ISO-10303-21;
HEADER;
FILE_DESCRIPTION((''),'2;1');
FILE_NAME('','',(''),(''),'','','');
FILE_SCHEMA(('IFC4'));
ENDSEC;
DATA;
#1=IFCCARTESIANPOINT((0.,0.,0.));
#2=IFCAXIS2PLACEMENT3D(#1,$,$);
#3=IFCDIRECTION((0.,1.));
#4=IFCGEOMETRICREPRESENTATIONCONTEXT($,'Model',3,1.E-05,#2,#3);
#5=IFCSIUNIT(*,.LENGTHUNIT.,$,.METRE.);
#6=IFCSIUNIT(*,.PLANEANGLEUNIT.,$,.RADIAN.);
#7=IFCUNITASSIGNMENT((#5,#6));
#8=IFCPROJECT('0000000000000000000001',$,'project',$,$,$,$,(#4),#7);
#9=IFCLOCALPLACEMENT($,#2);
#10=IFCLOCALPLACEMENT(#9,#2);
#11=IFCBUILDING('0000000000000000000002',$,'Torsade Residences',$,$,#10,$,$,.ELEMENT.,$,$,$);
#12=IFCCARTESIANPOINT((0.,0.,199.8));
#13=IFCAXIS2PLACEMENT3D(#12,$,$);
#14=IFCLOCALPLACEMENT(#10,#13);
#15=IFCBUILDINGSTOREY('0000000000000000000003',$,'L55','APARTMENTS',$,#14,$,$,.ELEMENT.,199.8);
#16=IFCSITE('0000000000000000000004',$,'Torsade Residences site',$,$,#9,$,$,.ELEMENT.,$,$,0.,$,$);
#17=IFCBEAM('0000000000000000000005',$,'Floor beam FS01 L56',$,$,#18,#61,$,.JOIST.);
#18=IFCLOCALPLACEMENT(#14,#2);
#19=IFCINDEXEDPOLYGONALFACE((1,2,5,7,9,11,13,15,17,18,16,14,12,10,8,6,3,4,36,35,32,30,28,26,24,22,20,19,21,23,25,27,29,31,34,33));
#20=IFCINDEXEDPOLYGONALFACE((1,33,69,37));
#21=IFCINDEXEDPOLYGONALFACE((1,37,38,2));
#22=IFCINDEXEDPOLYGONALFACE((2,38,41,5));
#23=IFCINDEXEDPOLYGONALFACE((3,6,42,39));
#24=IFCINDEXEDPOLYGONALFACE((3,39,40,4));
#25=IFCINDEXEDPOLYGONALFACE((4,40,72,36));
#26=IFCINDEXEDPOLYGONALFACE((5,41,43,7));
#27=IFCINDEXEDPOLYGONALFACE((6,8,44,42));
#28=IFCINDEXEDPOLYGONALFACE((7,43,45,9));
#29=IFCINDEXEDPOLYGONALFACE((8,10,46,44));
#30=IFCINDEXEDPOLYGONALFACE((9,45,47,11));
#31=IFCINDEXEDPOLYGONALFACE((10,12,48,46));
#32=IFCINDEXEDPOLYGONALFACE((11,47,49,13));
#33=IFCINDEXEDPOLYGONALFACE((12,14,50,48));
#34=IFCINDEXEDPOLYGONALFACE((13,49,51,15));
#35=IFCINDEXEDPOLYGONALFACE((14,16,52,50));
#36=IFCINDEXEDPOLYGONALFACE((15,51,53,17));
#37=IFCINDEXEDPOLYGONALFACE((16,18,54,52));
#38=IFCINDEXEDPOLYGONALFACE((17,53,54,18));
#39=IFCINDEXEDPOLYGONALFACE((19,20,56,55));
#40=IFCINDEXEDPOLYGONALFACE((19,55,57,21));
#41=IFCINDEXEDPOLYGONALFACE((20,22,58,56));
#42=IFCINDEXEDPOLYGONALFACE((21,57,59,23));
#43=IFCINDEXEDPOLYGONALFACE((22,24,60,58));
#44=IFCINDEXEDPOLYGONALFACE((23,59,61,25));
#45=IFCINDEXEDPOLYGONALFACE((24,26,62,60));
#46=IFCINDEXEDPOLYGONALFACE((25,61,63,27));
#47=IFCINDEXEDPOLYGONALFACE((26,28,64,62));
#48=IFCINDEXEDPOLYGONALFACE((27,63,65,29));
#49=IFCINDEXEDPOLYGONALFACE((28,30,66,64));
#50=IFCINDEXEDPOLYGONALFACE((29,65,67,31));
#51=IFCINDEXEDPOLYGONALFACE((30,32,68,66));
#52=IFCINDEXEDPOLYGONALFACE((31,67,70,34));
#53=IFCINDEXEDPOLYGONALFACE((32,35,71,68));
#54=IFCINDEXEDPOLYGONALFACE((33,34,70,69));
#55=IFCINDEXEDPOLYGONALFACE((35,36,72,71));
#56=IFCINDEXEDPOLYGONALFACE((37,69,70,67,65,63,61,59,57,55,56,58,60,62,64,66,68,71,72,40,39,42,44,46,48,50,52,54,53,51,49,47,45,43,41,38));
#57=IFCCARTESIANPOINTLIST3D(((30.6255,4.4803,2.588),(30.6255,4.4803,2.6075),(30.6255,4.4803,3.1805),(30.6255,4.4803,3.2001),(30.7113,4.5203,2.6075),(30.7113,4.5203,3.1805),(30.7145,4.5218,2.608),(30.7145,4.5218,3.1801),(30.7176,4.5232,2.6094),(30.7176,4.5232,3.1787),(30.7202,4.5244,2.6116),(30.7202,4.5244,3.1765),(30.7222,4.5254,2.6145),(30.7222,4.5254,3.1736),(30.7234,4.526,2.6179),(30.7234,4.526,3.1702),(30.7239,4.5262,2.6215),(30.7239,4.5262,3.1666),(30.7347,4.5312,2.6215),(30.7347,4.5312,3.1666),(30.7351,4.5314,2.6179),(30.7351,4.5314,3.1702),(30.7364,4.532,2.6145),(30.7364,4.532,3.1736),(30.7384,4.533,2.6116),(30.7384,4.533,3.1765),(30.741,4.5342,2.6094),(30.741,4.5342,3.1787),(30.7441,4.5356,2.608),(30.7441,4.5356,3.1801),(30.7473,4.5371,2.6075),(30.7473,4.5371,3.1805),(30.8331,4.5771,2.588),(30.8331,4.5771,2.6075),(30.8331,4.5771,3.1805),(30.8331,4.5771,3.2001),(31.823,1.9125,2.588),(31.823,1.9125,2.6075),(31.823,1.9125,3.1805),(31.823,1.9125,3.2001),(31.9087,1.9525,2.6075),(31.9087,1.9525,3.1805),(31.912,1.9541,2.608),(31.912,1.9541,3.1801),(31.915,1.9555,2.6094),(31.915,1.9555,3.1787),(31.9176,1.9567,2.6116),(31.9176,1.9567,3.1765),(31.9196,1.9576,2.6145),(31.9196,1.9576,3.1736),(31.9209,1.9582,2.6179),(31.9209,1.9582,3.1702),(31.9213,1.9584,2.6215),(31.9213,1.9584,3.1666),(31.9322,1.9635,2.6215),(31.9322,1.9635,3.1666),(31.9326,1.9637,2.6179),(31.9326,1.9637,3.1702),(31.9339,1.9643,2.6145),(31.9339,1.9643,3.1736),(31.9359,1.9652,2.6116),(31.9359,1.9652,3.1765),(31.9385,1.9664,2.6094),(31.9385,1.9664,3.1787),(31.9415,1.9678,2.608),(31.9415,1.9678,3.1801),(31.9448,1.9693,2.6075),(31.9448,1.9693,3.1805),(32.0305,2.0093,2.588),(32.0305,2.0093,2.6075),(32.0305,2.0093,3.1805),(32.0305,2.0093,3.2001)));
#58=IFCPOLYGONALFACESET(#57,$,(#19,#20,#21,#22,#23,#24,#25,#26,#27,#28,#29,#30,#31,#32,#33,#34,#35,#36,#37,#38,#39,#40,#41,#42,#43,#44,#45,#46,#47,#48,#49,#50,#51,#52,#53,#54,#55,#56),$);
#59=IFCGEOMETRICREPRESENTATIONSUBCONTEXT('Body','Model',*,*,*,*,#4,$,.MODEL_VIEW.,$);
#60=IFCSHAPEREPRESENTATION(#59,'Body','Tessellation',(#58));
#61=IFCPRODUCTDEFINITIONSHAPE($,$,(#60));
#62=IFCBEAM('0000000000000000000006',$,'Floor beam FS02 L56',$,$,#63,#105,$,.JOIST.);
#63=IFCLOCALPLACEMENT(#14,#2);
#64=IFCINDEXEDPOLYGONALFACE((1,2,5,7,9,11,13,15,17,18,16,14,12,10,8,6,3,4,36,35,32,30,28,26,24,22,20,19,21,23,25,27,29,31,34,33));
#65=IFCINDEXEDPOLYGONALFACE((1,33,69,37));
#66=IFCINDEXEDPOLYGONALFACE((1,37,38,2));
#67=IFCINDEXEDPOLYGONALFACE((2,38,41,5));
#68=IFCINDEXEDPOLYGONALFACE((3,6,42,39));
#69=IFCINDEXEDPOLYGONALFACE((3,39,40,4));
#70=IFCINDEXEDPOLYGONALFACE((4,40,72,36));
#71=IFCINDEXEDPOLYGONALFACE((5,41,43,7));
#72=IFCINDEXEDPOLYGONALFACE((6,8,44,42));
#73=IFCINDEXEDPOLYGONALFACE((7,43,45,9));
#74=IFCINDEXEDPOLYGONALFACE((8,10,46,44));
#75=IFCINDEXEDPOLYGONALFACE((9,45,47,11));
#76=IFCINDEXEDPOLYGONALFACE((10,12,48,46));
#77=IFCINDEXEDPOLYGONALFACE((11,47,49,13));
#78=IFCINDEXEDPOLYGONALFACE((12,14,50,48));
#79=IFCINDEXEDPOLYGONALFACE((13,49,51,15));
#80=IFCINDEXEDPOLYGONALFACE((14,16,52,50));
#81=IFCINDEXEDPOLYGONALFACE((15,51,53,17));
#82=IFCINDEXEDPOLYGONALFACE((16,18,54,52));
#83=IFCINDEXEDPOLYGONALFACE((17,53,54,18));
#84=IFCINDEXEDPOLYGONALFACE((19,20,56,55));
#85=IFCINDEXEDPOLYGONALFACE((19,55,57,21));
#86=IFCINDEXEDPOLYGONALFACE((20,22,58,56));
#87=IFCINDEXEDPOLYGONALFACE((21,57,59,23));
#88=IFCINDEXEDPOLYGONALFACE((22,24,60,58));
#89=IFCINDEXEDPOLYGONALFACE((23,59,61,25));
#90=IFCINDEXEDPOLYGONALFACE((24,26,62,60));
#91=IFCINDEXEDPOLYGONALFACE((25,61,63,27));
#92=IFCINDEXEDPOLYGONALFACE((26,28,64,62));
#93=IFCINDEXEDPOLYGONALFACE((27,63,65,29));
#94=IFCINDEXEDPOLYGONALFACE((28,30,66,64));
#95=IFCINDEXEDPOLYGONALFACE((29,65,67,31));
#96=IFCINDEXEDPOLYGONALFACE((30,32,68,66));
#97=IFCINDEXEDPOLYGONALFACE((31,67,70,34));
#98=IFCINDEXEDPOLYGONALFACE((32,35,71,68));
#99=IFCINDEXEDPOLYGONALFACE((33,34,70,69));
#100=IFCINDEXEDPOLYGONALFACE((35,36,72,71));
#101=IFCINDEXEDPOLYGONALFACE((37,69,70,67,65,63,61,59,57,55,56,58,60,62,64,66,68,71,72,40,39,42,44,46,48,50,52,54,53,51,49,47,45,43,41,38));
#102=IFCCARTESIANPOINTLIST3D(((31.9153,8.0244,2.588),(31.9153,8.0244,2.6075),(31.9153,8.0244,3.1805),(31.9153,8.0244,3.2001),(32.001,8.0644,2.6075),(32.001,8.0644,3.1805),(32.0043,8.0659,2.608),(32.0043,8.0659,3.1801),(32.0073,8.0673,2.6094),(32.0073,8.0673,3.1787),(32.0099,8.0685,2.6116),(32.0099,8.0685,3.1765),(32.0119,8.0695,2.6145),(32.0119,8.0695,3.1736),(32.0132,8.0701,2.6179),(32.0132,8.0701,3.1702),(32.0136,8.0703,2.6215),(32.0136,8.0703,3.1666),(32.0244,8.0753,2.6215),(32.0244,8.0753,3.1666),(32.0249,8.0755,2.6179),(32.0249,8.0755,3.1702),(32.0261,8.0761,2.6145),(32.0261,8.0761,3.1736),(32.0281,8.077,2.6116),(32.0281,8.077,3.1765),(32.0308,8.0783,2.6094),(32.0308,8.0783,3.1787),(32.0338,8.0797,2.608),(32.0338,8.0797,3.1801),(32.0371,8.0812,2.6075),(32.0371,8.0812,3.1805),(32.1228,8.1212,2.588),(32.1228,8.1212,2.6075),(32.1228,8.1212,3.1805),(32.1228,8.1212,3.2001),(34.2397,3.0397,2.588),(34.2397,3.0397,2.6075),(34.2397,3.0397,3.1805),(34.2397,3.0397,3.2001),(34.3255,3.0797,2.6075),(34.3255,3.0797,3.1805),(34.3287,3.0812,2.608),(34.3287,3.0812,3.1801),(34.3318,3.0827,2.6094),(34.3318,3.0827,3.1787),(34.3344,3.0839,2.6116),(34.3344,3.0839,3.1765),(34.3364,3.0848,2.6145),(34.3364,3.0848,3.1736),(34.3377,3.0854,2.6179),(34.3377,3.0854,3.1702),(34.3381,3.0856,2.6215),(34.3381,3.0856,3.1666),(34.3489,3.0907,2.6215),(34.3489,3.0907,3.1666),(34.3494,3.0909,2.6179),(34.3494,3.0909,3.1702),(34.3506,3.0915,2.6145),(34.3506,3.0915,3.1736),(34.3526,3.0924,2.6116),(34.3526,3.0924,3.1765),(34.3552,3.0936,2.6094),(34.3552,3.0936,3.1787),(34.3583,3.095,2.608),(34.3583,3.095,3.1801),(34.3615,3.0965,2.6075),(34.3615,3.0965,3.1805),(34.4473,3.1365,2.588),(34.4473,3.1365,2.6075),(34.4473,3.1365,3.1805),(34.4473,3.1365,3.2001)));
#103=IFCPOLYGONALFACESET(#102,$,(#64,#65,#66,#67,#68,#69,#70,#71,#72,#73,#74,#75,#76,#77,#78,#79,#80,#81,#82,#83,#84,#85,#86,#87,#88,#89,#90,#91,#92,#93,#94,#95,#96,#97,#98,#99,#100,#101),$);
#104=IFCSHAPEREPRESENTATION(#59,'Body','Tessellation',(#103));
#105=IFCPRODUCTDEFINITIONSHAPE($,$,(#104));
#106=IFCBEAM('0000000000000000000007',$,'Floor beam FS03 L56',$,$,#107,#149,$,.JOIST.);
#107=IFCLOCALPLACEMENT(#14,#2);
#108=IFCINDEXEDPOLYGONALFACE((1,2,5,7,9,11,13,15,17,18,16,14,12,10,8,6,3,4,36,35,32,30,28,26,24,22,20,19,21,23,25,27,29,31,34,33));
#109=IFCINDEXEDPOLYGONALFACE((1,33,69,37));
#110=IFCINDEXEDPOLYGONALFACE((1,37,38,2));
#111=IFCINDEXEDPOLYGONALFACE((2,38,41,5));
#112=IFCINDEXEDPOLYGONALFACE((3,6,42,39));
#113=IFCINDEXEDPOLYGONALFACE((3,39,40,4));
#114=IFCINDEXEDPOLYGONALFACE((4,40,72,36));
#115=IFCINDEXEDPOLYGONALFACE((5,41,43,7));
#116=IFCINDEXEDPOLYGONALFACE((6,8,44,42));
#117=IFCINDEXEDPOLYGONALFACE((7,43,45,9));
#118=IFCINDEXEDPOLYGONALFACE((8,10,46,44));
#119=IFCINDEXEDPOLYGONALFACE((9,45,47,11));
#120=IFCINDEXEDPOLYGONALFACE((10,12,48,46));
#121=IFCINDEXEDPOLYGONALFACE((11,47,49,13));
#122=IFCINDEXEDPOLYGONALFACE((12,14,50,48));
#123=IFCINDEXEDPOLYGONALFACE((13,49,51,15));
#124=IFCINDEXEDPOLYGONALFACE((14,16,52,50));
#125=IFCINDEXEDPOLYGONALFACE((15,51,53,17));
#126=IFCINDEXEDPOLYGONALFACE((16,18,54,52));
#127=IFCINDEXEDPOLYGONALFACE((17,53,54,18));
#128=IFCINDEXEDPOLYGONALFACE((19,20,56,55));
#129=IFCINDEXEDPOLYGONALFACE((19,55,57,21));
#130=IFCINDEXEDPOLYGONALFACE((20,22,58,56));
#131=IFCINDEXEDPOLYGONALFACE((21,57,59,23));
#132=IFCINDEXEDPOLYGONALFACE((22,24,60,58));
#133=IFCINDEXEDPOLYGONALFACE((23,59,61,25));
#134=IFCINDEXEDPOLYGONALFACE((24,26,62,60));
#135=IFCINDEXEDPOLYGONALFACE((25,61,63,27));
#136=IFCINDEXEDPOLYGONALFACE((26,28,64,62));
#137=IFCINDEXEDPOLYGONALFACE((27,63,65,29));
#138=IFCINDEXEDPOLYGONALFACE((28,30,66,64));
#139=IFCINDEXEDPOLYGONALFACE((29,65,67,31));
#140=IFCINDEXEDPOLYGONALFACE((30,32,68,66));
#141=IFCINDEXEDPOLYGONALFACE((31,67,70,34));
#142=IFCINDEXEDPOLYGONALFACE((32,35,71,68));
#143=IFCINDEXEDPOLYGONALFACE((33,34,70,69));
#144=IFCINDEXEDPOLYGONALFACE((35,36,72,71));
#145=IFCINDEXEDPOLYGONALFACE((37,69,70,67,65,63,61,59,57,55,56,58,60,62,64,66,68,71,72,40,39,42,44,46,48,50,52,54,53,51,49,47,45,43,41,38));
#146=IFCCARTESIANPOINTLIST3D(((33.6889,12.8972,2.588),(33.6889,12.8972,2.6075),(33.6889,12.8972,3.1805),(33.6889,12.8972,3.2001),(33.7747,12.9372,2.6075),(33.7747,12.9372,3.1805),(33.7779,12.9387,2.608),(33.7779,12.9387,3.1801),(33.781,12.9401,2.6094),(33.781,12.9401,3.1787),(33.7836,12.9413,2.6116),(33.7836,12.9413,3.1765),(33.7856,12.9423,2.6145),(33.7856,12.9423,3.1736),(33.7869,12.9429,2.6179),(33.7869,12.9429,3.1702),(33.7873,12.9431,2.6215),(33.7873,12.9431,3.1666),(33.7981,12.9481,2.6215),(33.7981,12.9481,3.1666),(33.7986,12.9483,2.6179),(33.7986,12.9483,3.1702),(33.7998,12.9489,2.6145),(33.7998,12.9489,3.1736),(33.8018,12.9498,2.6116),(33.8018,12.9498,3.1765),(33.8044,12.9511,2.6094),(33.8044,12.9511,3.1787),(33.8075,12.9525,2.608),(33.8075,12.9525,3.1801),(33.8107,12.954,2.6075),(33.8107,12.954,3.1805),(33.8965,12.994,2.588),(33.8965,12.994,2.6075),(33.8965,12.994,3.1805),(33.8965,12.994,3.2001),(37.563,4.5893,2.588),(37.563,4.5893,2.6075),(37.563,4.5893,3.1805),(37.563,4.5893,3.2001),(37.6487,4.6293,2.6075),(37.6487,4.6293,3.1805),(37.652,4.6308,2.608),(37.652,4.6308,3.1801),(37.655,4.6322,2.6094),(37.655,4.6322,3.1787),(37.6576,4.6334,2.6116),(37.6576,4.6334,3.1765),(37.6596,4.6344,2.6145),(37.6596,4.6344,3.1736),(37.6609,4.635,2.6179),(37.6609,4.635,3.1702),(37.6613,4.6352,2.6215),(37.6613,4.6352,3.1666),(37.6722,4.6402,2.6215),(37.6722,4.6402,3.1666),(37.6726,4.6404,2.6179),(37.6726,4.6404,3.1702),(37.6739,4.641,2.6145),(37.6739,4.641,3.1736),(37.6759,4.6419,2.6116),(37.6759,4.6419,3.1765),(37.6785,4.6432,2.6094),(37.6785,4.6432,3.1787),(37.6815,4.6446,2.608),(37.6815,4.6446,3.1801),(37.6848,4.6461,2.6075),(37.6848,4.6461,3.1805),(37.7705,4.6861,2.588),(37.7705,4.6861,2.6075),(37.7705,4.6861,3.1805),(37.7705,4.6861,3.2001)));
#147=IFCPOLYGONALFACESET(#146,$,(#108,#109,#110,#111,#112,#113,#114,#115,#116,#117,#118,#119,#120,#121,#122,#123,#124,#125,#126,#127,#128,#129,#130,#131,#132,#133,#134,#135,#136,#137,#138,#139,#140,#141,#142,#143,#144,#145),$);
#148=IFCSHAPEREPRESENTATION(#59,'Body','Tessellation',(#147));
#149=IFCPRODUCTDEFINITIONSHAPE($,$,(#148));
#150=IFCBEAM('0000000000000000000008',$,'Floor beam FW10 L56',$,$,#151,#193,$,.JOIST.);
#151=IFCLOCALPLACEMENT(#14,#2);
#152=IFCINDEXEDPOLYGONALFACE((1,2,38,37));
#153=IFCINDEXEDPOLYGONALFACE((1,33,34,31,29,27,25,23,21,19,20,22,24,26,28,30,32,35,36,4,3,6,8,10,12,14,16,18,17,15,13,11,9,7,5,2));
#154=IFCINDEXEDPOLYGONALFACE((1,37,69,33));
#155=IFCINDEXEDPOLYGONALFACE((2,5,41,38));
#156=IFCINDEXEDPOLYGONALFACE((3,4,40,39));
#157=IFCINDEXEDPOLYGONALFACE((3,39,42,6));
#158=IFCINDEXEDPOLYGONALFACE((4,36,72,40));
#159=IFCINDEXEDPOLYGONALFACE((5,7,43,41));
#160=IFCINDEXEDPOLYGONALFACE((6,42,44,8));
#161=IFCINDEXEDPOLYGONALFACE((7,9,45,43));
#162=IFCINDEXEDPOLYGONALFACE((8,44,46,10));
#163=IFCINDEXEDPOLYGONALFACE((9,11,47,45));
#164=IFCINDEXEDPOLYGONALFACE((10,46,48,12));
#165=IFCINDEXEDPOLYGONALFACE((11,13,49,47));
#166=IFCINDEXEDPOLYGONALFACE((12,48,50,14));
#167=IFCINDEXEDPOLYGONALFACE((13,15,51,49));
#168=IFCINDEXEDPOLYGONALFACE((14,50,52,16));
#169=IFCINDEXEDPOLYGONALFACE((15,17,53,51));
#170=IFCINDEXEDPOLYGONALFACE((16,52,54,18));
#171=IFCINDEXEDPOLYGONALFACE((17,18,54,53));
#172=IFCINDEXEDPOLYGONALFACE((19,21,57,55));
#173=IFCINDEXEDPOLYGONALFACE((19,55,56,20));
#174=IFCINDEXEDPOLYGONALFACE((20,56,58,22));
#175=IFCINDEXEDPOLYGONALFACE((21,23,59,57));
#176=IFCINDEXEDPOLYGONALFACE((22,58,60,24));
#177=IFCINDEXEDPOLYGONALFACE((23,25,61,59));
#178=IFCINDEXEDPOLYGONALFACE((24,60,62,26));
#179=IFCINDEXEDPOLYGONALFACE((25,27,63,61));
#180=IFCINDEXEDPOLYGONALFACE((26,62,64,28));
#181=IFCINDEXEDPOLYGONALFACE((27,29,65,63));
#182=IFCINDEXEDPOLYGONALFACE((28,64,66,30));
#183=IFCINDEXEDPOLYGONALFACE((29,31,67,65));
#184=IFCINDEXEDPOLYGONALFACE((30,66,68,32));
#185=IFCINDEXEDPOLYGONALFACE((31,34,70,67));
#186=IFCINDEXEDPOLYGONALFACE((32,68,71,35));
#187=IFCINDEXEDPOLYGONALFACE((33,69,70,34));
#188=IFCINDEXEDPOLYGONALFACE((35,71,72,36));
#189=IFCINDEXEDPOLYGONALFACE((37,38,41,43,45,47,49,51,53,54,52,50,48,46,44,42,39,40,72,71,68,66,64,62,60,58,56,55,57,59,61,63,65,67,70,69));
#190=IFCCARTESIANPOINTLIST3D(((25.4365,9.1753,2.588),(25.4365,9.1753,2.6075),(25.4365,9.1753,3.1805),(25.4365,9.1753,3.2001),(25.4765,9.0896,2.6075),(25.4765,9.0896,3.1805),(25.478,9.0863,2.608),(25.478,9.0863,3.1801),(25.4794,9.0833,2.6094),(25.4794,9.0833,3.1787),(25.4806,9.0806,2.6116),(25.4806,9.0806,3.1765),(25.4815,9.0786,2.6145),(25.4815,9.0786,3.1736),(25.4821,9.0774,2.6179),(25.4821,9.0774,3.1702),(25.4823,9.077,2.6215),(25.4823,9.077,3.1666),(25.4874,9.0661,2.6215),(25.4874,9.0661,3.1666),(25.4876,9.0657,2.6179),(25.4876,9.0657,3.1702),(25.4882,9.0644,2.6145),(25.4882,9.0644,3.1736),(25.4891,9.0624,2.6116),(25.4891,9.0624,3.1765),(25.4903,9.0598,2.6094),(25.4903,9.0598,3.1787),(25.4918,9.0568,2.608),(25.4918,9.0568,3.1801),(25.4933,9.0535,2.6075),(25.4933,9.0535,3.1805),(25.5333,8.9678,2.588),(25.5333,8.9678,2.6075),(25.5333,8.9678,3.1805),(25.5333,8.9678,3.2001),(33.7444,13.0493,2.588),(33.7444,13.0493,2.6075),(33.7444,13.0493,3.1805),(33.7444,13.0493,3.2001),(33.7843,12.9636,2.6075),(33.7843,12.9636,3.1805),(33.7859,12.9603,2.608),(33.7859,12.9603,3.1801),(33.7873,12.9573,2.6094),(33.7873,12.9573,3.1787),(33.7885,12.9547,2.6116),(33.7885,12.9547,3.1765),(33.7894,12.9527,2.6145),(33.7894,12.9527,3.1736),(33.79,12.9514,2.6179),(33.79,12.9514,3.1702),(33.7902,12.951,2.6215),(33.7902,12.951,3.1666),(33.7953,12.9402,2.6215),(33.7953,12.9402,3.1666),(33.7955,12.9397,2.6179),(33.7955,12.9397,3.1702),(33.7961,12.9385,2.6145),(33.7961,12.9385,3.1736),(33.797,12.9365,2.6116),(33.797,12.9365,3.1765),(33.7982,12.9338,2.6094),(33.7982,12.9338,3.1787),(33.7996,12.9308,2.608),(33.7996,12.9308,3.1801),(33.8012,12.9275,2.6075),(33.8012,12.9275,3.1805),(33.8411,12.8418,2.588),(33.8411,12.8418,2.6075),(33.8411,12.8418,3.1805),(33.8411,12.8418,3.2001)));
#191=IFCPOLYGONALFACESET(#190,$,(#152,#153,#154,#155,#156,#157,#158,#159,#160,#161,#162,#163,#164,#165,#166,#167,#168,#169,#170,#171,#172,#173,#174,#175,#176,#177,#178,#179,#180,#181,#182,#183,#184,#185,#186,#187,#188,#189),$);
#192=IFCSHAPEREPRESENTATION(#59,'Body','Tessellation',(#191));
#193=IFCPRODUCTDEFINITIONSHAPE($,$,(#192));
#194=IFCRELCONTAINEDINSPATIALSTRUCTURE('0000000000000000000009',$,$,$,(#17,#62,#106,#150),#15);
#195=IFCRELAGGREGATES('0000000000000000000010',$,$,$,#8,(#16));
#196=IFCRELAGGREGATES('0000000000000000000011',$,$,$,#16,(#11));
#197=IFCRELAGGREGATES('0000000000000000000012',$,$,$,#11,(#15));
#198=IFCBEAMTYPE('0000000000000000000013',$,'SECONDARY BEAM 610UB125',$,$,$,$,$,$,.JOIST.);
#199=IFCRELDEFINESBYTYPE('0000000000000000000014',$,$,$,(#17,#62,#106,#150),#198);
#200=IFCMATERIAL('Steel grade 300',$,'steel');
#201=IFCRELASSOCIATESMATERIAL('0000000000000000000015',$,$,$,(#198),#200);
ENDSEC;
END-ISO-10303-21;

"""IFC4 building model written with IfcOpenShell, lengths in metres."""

from ifc_helpers import new_model, si_unit, direction, frame, origin, origin_2d, place, context, subcontext, project, spatial, i_section, extrude, material, material_profile, profile_set, type_object, element, save


model = new_model("IFC4")

# Units and contexts
model_context = context("Model", 3, precision=1e-05, world=origin(), true_north=direction((0.0, 1.0)))
body_context = subcontext(model_context, "Body", "Model", "MODEL_VIEW")
ifc_project = project(units=[si_unit("LENGTHUNIT", "METRE"), si_unit("PLANEANGLEUNIT", "RADIAN")], contexts=[model_context])

# Site, building, storey
site_placement = place(None, origin())
site = spatial("IfcSite", under=ifc_project, at=site_placement, Name="Torsade Residences site", CompositionType="ELEMENT", RefElevation=0.0)
building_placement = place(site_placement, origin())
building = spatial("IfcBuilding", under=site, at=building_placement, Name="Torsade Residences", CompositionType="ELEMENT")
storey_placement = place(building_placement, frame((0.0, 0.0, 199.8)))
storey = spatial("IfcBuildingStorey", under=building, at=storey_placement, Name="L55", Description="APARTMENTS", CompositionType="ELEMENT", Elevation=199.8)

# Beams
ifc_material_1 = material(Name="Steel grade 300", Category="steel")
ifc_material_profile_1 = material_profile(ifc_material_1, i_section(OverallWidth=0.229, OverallDepth=0.6121, WebThickness=0.012, FlangeThickness=0.0195, FilletRadius=0.0139, at=origin_2d()), Name="610UB125")
ifc_profile_set_1 = profile_set([ifc_material_profile_1], Name="Steel grade 300")
beam_type_1 = type_object("IfcBeamType", Name="SECONDARY BEAM 610UB125", PredefinedType="JOIST", material=ifc_profile_set_1)
beam_1_placement = place(storey_placement, frame((31.9268, 1.9609, 2.894), z_axis=(-0.422645, 0.906295, 0.0), x_axis=(-0.906295, -0.422645, 0.0)))
element("IfcBeam", 1, at=beam_1_placement, inside=storey, type_object=beam_type_1, Name="Floor beam FS01 L56", PredefinedType="JOIST", context=body_context, shape_type="SweptSolid", body=[
    extrude(i_section(OverallWidth=0.229, OverallDepth=0.6121, WebThickness=0.012, FlangeThickness=0.0195, FilletRadius=0.0139, at=origin_2d()), origin(), (0.0, 0.0, 1.0), 2.8333),
])
beam_2_placement = place(storey_placement, frame((34.3435, 3.0881, 2.894), z_axis=(-0.422633, 0.906301, 0.0), x_axis=(-0.906301, -0.422633, 0.0)))
element("IfcBeam", 2, at=beam_2_placement, inside=storey, type_object=beam_type_1, Name="Floor beam FS02 L56", PredefinedType="JOIST", context=body_context, shape_type="SweptSolid", body=[
    extrude(i_section(OverallWidth=0.229, OverallDepth=0.6121, WebThickness=0.012, FlangeThickness=0.0195, FilletRadius=0.0139, at=origin_2d()), origin(), (0.0, 0.0, 1.0), 5.5),
])
for number, where, z_axis, x_axis, name in (
    (3, (37.6667, 4.6377, 2.894), (-0.422619, 0.906308, 0.0), (-0.906308, -0.422619, 0.0), "Floor beam FS03 L56"),
    (4, (25.4849, 9.0715, 2.894), (0.906308, 0.422619, 0.0), (-0.422619, 0.906308, 0.0), "Floor beam FW10 L56"),
):
    element("IfcBeam", number, at=place(storey_placement, frame(where, z_axis=z_axis, x_axis=x_axis)), inside=storey, type_object=beam_type_1, Name=name, PredefinedType="JOIST", context=body_context, shape_type="SweptSolid", body=[
        extrude(i_section(OverallWidth=0.229, OverallDepth=0.6121, WebThickness=0.012, FlangeThickness=0.0195, FilletRadius=0.0139, at=origin_2d()), origin(), (0.0, 0.0, 1.0), 9.1667),
    ])

save(model, "model.ifc")
